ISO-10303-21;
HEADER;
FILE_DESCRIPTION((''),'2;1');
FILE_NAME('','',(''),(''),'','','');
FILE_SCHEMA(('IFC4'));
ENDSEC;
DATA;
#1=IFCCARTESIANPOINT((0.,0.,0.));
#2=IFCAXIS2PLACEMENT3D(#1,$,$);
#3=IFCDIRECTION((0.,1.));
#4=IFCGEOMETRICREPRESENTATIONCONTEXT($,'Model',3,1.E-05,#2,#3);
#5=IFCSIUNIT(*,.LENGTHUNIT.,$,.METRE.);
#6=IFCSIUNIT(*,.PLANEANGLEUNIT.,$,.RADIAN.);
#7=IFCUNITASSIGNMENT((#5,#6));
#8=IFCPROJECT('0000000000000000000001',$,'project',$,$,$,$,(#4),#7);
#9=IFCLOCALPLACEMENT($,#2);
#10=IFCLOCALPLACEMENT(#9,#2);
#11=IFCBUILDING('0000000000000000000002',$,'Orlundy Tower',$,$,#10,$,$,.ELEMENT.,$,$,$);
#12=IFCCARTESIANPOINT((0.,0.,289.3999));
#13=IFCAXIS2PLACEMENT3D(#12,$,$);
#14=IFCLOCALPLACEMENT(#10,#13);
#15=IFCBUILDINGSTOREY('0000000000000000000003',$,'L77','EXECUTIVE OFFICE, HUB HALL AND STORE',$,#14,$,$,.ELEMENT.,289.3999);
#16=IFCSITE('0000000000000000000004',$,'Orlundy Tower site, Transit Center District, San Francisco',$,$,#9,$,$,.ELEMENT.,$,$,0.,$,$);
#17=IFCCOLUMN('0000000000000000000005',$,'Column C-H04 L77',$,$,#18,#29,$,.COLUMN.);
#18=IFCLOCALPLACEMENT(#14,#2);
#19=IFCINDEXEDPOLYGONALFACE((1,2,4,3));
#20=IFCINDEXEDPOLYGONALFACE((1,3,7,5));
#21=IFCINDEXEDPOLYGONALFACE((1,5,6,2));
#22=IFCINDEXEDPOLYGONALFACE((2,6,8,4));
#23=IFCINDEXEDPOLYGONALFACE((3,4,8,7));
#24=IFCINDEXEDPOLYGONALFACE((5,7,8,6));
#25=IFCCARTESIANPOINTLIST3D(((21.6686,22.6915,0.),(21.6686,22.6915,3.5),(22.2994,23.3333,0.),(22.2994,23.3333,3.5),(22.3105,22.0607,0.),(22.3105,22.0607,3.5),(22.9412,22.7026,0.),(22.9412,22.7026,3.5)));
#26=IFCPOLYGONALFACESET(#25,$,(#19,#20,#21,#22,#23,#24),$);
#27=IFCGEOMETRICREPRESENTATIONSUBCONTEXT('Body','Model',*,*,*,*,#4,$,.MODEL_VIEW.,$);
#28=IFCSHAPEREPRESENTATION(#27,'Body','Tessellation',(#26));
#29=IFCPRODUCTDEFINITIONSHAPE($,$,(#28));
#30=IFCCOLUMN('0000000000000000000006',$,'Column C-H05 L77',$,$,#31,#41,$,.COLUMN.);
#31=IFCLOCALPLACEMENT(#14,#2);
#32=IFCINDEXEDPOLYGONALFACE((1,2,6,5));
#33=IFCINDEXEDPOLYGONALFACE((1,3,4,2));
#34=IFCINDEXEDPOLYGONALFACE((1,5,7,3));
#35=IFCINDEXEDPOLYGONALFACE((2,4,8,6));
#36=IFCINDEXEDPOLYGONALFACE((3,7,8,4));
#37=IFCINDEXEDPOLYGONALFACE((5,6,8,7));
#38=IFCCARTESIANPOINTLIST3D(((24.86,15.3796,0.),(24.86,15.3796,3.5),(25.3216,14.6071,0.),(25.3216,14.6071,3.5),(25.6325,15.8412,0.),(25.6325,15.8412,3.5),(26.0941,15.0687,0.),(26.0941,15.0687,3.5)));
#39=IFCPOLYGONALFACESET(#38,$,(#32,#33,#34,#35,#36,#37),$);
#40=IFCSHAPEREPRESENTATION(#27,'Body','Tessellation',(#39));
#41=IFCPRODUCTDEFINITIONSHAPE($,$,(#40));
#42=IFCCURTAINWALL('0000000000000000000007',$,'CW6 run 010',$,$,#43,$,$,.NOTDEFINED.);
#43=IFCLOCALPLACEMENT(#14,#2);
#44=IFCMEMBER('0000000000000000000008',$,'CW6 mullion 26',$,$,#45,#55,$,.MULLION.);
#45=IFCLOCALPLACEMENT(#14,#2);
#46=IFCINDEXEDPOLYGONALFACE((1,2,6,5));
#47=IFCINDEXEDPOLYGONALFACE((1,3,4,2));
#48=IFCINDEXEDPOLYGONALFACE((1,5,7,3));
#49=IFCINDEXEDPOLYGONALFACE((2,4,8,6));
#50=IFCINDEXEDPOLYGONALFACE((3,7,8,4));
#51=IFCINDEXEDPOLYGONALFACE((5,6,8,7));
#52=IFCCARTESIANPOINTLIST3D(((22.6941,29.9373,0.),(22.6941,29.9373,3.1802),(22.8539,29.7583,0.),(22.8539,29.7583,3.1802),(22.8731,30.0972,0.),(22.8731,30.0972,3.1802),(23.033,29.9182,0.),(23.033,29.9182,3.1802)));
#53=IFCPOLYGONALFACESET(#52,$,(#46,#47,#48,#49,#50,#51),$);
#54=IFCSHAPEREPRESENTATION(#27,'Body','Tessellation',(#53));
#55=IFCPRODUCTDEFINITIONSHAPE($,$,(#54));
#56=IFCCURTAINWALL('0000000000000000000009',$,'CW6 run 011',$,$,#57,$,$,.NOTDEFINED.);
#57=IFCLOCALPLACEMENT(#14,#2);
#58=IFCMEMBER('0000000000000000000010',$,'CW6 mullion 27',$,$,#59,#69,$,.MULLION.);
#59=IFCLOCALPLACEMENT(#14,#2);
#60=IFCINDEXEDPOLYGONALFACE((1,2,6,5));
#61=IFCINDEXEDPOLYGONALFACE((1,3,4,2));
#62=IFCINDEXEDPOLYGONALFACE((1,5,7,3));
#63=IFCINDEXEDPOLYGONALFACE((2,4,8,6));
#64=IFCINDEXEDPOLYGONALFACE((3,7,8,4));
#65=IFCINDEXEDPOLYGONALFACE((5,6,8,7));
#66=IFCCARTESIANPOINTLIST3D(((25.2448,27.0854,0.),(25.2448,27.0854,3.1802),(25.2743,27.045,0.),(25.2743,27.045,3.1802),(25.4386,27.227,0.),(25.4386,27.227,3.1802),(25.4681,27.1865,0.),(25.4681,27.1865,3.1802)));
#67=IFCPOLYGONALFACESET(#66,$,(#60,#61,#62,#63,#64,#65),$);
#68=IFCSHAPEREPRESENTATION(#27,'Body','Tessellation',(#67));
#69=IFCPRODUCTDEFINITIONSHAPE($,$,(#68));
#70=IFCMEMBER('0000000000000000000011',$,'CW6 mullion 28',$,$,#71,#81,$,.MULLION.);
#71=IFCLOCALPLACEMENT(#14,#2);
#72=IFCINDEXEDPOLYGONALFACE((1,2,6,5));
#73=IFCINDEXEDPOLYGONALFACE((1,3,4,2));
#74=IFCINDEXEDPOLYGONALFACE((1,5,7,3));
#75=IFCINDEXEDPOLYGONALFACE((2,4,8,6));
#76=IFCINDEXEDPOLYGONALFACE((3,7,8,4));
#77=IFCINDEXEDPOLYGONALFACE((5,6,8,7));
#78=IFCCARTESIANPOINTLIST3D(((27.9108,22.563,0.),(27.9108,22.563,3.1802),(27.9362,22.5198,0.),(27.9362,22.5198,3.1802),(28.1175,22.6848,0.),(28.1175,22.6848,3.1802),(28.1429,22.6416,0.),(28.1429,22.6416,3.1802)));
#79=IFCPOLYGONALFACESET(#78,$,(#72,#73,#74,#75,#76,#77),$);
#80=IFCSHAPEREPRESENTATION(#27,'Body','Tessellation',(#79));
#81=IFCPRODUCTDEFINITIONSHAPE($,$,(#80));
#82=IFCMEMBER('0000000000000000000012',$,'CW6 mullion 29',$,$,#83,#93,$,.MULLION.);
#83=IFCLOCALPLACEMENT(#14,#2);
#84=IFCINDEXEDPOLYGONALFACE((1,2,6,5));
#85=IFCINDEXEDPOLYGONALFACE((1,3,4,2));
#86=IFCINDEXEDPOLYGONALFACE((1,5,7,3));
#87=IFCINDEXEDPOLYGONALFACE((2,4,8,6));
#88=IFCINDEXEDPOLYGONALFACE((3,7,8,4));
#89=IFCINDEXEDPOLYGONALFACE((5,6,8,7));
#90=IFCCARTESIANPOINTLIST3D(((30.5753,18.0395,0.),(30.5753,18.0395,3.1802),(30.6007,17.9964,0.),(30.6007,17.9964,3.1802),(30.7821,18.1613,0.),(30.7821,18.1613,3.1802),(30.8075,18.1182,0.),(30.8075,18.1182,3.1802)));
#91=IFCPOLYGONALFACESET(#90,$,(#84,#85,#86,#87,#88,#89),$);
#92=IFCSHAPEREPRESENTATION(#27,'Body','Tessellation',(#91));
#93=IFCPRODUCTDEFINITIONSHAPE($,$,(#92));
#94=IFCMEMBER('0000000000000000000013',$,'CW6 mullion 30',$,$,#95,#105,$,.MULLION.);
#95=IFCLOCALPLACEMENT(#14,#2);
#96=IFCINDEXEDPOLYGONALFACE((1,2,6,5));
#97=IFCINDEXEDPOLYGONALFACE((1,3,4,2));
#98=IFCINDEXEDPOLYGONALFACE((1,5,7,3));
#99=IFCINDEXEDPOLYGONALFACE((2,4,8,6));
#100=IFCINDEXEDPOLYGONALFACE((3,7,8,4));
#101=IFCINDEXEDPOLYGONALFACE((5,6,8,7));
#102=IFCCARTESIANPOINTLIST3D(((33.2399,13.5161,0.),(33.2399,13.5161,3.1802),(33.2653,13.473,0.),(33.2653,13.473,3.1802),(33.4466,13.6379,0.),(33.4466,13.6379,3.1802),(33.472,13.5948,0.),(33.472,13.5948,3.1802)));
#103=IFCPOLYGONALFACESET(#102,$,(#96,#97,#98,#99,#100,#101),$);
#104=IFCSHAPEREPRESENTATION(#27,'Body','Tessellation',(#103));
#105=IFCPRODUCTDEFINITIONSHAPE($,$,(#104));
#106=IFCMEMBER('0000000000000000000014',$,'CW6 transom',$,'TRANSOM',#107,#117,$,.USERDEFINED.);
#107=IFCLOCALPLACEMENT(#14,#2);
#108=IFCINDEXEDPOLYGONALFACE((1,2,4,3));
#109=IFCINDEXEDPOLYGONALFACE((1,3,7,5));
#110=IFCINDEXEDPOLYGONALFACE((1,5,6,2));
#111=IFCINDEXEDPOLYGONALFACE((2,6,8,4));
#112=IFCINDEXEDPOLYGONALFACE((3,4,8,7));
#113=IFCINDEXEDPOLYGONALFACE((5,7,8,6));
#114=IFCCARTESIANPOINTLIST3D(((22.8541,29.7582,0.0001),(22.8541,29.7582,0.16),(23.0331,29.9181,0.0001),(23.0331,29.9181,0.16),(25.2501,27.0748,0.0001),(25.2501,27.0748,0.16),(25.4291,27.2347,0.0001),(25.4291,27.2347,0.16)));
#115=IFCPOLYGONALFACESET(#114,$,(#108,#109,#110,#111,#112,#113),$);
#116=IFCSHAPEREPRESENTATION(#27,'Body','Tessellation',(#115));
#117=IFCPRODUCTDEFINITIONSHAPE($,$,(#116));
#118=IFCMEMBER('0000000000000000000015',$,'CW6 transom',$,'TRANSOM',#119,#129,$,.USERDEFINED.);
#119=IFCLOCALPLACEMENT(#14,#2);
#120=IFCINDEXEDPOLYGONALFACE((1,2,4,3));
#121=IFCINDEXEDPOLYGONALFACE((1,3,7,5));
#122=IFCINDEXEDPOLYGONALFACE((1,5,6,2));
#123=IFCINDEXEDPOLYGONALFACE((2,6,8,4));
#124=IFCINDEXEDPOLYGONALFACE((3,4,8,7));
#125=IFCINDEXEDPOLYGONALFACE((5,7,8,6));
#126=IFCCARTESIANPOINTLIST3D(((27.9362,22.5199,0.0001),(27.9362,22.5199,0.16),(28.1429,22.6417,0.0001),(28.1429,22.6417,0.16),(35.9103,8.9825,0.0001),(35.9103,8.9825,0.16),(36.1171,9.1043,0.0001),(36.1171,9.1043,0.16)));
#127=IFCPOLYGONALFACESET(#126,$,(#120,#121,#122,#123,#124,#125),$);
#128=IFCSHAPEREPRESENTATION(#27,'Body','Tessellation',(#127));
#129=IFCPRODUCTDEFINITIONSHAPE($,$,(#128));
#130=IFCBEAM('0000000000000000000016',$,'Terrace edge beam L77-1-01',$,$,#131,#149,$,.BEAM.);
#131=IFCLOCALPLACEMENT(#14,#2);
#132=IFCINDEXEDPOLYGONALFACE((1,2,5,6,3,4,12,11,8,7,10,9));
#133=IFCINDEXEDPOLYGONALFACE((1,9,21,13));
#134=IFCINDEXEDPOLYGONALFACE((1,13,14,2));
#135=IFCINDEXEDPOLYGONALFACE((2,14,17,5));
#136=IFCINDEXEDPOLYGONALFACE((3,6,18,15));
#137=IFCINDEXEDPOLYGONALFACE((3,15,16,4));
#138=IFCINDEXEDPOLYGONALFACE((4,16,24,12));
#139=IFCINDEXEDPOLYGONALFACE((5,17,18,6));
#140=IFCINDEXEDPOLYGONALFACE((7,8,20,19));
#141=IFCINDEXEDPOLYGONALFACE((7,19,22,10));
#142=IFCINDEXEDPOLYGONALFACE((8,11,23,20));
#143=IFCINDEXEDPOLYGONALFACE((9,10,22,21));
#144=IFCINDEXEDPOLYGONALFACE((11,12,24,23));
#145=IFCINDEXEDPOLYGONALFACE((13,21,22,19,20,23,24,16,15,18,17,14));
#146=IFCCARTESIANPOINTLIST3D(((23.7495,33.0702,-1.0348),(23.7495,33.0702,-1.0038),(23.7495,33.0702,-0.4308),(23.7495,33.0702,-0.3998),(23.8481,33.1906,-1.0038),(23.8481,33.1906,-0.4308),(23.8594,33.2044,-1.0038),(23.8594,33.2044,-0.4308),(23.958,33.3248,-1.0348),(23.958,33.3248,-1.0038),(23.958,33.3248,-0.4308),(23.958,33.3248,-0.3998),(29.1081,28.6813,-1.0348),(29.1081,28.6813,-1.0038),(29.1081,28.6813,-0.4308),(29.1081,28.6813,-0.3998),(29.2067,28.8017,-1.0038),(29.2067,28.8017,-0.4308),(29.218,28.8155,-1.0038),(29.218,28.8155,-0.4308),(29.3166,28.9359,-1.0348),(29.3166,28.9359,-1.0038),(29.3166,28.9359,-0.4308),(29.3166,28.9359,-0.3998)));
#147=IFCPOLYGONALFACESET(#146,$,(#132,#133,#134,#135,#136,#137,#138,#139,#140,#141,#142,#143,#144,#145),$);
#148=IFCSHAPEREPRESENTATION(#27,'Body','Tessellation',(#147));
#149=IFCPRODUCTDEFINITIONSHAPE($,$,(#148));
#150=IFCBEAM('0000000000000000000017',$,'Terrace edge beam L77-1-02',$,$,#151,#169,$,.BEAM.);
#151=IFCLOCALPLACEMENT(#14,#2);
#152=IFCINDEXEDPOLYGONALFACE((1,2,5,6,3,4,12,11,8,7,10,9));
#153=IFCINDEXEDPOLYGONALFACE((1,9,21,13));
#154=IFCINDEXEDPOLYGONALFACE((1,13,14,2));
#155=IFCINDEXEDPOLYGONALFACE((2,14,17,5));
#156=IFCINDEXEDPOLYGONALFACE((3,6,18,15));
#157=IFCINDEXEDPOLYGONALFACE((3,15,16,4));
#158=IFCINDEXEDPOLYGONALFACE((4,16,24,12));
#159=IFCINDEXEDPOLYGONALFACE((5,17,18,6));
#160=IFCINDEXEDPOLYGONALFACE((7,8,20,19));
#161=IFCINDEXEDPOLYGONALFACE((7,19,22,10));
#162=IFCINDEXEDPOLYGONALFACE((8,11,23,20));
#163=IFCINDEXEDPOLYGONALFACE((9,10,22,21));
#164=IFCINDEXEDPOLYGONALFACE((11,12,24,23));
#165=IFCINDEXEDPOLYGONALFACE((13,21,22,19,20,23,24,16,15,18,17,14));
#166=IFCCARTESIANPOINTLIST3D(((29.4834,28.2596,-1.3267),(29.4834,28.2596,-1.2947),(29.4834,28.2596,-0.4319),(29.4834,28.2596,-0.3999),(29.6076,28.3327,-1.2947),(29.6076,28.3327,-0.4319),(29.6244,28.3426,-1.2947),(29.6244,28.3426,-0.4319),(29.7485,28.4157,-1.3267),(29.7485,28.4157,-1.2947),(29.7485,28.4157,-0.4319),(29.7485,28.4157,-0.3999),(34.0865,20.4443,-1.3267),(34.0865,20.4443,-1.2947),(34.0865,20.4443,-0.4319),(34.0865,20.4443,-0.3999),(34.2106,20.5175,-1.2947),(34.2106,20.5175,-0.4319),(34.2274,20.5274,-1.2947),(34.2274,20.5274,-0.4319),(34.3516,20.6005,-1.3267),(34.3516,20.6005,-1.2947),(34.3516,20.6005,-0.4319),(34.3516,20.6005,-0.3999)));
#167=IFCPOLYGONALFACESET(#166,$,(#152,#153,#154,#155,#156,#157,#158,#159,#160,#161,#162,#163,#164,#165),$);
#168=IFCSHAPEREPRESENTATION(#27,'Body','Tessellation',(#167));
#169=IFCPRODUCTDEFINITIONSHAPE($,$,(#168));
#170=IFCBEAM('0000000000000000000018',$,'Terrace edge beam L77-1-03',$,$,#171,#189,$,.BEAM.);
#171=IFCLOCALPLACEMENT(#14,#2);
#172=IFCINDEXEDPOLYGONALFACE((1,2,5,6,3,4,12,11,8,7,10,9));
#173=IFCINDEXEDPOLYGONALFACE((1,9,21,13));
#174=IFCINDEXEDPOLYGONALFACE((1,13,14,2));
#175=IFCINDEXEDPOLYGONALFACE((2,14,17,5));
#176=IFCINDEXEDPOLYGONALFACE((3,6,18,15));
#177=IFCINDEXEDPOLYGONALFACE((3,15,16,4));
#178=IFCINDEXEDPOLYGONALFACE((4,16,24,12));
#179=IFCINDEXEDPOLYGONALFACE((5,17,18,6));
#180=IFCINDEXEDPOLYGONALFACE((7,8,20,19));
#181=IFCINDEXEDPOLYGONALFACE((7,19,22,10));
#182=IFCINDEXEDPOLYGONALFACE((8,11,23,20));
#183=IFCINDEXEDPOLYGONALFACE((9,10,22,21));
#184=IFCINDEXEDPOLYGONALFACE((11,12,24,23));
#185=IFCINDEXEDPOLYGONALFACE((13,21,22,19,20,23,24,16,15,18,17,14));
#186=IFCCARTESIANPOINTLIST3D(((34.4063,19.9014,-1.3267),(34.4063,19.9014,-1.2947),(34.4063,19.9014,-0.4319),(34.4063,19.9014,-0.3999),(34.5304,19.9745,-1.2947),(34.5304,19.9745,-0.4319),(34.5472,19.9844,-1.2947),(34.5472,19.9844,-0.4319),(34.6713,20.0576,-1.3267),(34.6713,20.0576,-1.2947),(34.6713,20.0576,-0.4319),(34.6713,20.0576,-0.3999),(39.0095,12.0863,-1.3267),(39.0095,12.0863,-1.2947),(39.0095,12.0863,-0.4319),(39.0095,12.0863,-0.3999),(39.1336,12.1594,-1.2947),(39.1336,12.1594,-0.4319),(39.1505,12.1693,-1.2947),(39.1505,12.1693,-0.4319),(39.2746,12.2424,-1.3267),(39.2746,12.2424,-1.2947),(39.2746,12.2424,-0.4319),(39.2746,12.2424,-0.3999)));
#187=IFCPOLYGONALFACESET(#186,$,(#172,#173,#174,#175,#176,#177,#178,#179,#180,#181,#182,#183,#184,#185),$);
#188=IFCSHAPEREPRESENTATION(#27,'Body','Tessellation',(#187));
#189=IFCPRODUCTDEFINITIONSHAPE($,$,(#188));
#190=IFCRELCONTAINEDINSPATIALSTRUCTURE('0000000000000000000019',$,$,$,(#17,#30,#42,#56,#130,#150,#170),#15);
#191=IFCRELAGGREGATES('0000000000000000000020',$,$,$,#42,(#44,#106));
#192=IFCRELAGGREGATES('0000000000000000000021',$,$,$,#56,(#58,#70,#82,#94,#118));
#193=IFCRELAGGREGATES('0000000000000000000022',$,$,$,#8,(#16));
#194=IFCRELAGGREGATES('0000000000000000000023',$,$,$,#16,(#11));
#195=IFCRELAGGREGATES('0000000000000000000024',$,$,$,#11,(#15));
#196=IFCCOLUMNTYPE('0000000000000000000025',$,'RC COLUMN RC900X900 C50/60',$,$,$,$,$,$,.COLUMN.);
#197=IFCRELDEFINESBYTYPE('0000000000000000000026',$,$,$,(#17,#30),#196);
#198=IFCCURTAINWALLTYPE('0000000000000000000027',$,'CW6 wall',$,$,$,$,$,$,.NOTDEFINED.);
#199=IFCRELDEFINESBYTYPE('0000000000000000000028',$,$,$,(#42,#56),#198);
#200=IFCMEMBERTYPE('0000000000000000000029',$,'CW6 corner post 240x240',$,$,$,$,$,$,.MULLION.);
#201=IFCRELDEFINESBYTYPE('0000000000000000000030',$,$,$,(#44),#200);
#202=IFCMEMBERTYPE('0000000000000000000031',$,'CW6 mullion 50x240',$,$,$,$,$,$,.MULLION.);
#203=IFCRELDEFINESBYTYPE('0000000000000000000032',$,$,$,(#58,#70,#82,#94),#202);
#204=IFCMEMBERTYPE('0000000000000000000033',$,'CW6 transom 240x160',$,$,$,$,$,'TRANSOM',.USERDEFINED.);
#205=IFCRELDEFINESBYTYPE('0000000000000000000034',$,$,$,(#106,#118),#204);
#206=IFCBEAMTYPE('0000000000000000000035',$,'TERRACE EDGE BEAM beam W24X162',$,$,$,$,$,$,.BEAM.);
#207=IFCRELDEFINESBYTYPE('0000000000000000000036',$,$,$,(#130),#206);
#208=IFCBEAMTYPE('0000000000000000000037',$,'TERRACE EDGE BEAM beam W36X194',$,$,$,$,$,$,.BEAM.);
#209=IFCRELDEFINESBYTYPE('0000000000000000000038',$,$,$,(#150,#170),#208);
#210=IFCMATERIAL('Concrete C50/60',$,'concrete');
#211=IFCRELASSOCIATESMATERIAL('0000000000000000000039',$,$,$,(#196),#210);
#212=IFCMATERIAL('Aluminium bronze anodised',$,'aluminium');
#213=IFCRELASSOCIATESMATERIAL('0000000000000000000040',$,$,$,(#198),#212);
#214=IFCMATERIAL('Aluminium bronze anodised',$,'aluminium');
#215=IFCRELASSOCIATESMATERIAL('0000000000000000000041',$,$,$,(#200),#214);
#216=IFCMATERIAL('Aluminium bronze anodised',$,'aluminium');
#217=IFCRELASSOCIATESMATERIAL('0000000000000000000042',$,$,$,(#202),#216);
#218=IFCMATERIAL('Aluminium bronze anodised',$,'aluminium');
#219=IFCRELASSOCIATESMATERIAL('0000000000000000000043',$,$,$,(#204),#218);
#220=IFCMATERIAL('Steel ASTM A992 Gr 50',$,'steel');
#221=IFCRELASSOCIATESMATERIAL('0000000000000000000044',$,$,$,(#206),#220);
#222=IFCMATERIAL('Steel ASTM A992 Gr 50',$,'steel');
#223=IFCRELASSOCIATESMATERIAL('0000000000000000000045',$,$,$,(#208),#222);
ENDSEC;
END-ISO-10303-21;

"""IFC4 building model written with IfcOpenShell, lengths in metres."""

from ifc_helpers import new_model, si_unit, direction, frame, origin, origin_2d, place, context, subcontext, project, spatial, rectangle, i_section, extrude, material, material_profile, profile_set, type_object, element, aggregate, save


model = new_model("IFC4")

# Units and contexts
model_context = context("Model", 3, precision=1e-05, world=origin(), true_north=direction((0.0, 1.0)))
body_context = subcontext(model_context, "Body", "Model", "MODEL_VIEW")
ifc_project = project(units=[si_unit("LENGTHUNIT", "METRE"), si_unit("PLANEANGLEUNIT", "RADIAN")], contexts=[model_context])

# Site, building, storey
site_placement = place(None, origin())
site = spatial("IfcSite", under=ifc_project, at=site_placement, Name="Orlundy Tower site, Transit Center District, San Francisco", CompositionType="ELEMENT", RefElevation=0.0)
building_placement = place(site_placement, origin())
building = spatial("IfcBuilding", under=site, at=building_placement, Name="Orlundy Tower", CompositionType="ELEMENT")
storey_placement = place(building_placement, frame((0.0, 0.0, 289.3999)))
storey = spatial("IfcBuildingStorey", under=building, at=storey_placement, Name="L77", Description="EXECUTIVE OFFICE, HUB HALL AND STORE", CompositionType="ELEMENT", Elevation=289.3999)

# Columns
ifc_material_1 = material(Name="Concrete C50/60", Category="concrete")
ifc_material_profile_1 = material_profile(ifc_material_1, rectangle(XDim=0.8999, YDim=0.8999, at=origin_2d()), Name="RC900X900")
ifc_profile_set_1 = profile_set([ifc_material_profile_1], Name="Concrete C50/60")
column_type = type_object("IfcColumnType", Name="RC COLUMN RC900X900 C50/60", PredefinedType="COLUMN", material=ifc_profile_set_1)
for number, where, z_axis, x_axis, name in (
    (1, (22.3049, 22.697, 0.0), (0.0, 0.0, 1.0), (0.700922, 0.713238, 0.0), "Column C-H04 L77"),
    (2, (25.4771, 15.2241, 0.0), (0.0, 0.0, 1.0), (0.858414, 0.512957, 0.0), "Column C-H05 L77"),
):
    element("IfcColumn", number, at=place(storey_placement, frame(where, z_axis=z_axis, x_axis=x_axis)), inside=storey, type_object=column_type, Name=name, PredefinedType="COLUMN", context=body_context, shape_type="SweptSolid", body=[
        extrude(rectangle(XDim=0.8999, YDim=0.8999, at=origin_2d()), origin(), (0.0, 0.0, 1.0), 3.5),
    ])

# Curtain wall, member
ifc_material_2 = material(Name="Aluminium bronze anodised", Category="aluminium")
curtain_wall_type = type_object("IfcCurtainWallType", Name="CW6 wall", PredefinedType="NOTDEFINED", material=ifc_material_2)
curtain_wall_1_placement = place(storey_placement, origin())
curtain_wall_1 = element("IfcCurtainWall", 3, at=curtain_wall_1_placement, inside=storey, type_object=curtain_wall_type, Name="CW6 run 010", PredefinedType="NOTDEFINED")
ifc_material_3 = material(Name="Aluminium bronze anodised", Category="aluminium")
ifc_material_profile_2 = material_profile(ifc_material_3, rectangle(XDim=0.24, YDim=0.24, at=origin_2d()), Name="CW6 corner post 240x240")
ifc_profile_set_2 = profile_set([ifc_material_profile_2], Name="Aluminium bronze anodised")
member_type_1 = type_object("IfcMemberType", Name="CW6 corner post 240x240", PredefinedType="MULLION", material=ifc_profile_set_2)
member_1_placement = place(storey_placement, frame((22.8635, 29.9277, 0.0), z_axis=(0.0, 0.0, 1.0), x_axis=(0.745904, 0.666053, 0.0)))
member_1 = element("IfcMember", 4, at=member_1_placement, type_object=member_type_1, Name="CW6 mullion 26", PredefinedType="MULLION", context=body_context, shape_type="SweptSolid", body=[
    extrude(rectangle(XDim=0.24, YDim=0.24, at=origin_2d()), origin(), (0.0, 0.0, 1.0), 3.1802),
])

# Curtain wall, members
curtain_wall_2_placement = place(storey_placement, origin())
curtain_wall_2 = element("IfcCurtainWall", 5, at=curtain_wall_2_placement, inside=storey, type_object=curtain_wall_type, Name="CW6 run 011", PredefinedType="NOTDEFINED")
ifc_material_4 = material(Name="Aluminium bronze anodised", Category="aluminium")
ifc_material_profile_3 = material_profile(ifc_material_4, rectangle(XDim=0.24, YDim=0.05, at=origin_2d()), Name="CW6 mullion 50x240")
ifc_profile_set_3 = profile_set([ifc_material_profile_3], Name="Aluminium bronze anodised")
member_type_2 = type_object("IfcMemberType", Name="CW6 mullion 50x240", PredefinedType="MULLION", material=ifc_profile_set_3)
member_2_placement = place(storey_placement, frame((25.3564, 27.136, 0.0), z_axis=(0.0, 0.0, 1.0), x_axis=(0.807667, 0.589639, 0.0)))
member_2 = element("IfcMember", 6, at=member_2_placement, type_object=member_type_2, Name="CW6 mullion 27", PredefinedType="MULLION", context=body_context, shape_type="SweptSolid", body=[
    extrude(rectangle(XDim=0.24, YDim=0.05, at=origin_2d()), origin(), (0.0, 0.0, 1.0), 3.1802),
])
member_3_placement = place(storey_placement, frame((28.0269, 22.6023, 0.0), z_axis=(0.0, 0.0, 1.0), x_axis=(0.861633, 0.507532, 0.0)))
member_3 = element("IfcMember", 7, at=member_3_placement, type_object=member_type_2, Name="CW6 mullion 28", PredefinedType="MULLION", context=body_context, shape_type="SweptSolid", body=[
    extrude(rectangle(XDim=0.24, YDim=0.05, at=origin_2d()), origin(), (0.0, 0.0, 1.0), 3.1802),
])
member_4_placement = place(storey_placement, frame((30.6914, 18.0789, 0.0), z_axis=(0.0, 0.0, 1.0), x_axis=(0.861633, 0.507532, 0.0)))
member_4 = element("IfcMember", 8, at=member_4_placement, type_object=member_type_2, Name="CW6 mullion 29", PredefinedType="MULLION", context=body_context, shape_type="SweptSolid", body=[
    extrude(rectangle(XDim=0.24, YDim=0.05, at=origin_2d()), origin(), (0.0, 0.0, 1.0), 3.1802),
])
member_5_placement = place(storey_placement, frame((33.356, 13.5554, 0.0), z_axis=(0.0, 0.0, 1.0), x_axis=(0.861633, 0.507532, 0.0)))
member_5 = element("IfcMember", 9, at=member_5_placement, type_object=member_type_2, Name="CW6 mullion 30", PredefinedType="MULLION", context=body_context, shape_type="SweptSolid", body=[
    extrude(rectangle(XDim=0.24, YDim=0.05, at=origin_2d()), origin(), (0.0, 0.0, 1.0), 3.1802),
])

# Members
ifc_material_5 = material(Name="Aluminium bronze anodised", Category="aluminium")
ifc_material_profile_4 = material_profile(ifc_material_5, rectangle(XDim=0.24, YDim=0.1599, at=origin_2d()), Name="CW6 transom 240x160")
ifc_profile_set_4 = profile_set([ifc_material_profile_4], Name="Aluminium bronze anodised")
member_type_3 = type_object("IfcMemberType", Name="CW6 transom 240x160", ElementType="TRANSOM", PredefinedType="USERDEFINED", material=ifc_profile_set_4)
member_6_placement = place(storey_placement, frame((22.9436, 29.8381, 0.0801), z_axis=(0.666039, -0.745917, 0.0), x_axis=(0.745917, 0.666039, 0.0)))
member_6 = element("IfcMember", 10, at=member_6_placement, type_object=member_type_3, Name="CW6 transom", ObjectType="TRANSOM", PredefinedType="USERDEFINED", context=body_context, shape_type="SweptSolid", body=[
    extrude(rectangle(XDim=0.24, YDim=0.1599, at=origin_2d()), origin(), (0.0, 0.0, 1.0), 3.5974),
])
member_7_placement = place(storey_placement, frame((28.0396, 22.5808, 0.0801), z_axis=(0.507539, -0.861629, 0.0), x_axis=(0.861629, 0.507539, 0.0)))
member_7 = element("IfcMember", 11, at=member_7_placement, type_object=member_type_3, Name="CW6 transom", ObjectType="TRANSOM", PredefinedType="USERDEFINED", context=body_context, shape_type="SweptSolid", body=[
    extrude(rectangle(XDim=0.24, YDim=0.1599, at=origin_2d()), origin(), (0.0, 0.0, 1.0), 15.7114),
])

# Beams
ifc_material_6 = material(Name="Steel ASTM A992 Gr 50", Category="steel")
ifc_material_profile_5 = material_profile(ifc_material_6, i_section(OverallWidth=0.3291, OverallDepth=0.635, WebThickness=0.0178, FlangeThickness=0.031, at=origin_2d()), Name="W24X162")
ifc_profile_set_5 = profile_set([ifc_material_profile_5], Name="Steel ASTM A992 Gr 50")
beam_type_1 = type_object("IfcBeamType", Name="TERRACE EDGE BEAM beam W24X162", PredefinedType="BEAM", material=ifc_profile_set_5)
beam_placement = place(storey_placement, frame((23.8538, 33.1975, -0.7173), z_axis=(0.773634, -0.633633, 0.0), x_axis=(0.633633, 0.773634, 0.0)))
element("IfcBeam", 12, at=beam_placement, inside=storey, type_object=beam_type_1, Name="Terrace edge beam L77-1-01", PredefinedType="BEAM", context=body_context, shape_type="SweptSolid", body=[
    extrude(i_section(OverallWidth=0.3291, OverallDepth=0.635, WebThickness=0.0178, FlangeThickness=0.031, at=origin_2d()), origin(), (0.0, 0.0, 1.0), 6.9265),
])
ifc_material_7 = material(Name="Steel ASTM A992 Gr 50", Category="steel")
ifc_material_profile_6 = material_profile(ifc_material_7, i_section(OverallWidth=0.3076, OverallDepth=0.9268, WebThickness=0.0195, FlangeThickness=0.032, at=origin_2d()), Name="W36X194")
ifc_profile_set_6 = profile_set([ifc_material_profile_6], Name="Steel ASTM A992 Gr 50")
beam_type_2 = type_object("IfcBeamType", Name="TERRACE EDGE BEAM beam W36X194", PredefinedType="BEAM", material=ifc_profile_set_6)
for number, where, z_axis, x_axis, name in (
    (13, (29.616, 28.3376, -0.8633), (0.5075, -0.861652, 0.0), (0.861652, 0.5075, 0.0), "Terrace edge beam L77-1-02"),
    (14, (34.5388, 19.9795, -0.8633), (0.50752, -0.86164, 0.0), (0.86164, 0.50752, 0.0), "Terrace edge beam L77-1-03"),
):
    element("IfcBeam", number, at=place(storey_placement, frame(where, z_axis=z_axis, x_axis=x_axis)), inside=storey, type_object=beam_type_2, Name=name, PredefinedType="BEAM", context=body_context, shape_type="SweptSolid", body=[
        extrude(i_section(OverallWidth=0.3076, OverallDepth=0.9268, WebThickness=0.0195, FlangeThickness=0.032, at=origin_2d()), origin(), (0.0, 0.0, 1.0), 9.0701),
    ])

aggregate(curtain_wall_1, [member_1, member_6])
aggregate(curtain_wall_2, [member_2, member_3, member_4, member_5, member_7])

save(model, "model.ifc")
